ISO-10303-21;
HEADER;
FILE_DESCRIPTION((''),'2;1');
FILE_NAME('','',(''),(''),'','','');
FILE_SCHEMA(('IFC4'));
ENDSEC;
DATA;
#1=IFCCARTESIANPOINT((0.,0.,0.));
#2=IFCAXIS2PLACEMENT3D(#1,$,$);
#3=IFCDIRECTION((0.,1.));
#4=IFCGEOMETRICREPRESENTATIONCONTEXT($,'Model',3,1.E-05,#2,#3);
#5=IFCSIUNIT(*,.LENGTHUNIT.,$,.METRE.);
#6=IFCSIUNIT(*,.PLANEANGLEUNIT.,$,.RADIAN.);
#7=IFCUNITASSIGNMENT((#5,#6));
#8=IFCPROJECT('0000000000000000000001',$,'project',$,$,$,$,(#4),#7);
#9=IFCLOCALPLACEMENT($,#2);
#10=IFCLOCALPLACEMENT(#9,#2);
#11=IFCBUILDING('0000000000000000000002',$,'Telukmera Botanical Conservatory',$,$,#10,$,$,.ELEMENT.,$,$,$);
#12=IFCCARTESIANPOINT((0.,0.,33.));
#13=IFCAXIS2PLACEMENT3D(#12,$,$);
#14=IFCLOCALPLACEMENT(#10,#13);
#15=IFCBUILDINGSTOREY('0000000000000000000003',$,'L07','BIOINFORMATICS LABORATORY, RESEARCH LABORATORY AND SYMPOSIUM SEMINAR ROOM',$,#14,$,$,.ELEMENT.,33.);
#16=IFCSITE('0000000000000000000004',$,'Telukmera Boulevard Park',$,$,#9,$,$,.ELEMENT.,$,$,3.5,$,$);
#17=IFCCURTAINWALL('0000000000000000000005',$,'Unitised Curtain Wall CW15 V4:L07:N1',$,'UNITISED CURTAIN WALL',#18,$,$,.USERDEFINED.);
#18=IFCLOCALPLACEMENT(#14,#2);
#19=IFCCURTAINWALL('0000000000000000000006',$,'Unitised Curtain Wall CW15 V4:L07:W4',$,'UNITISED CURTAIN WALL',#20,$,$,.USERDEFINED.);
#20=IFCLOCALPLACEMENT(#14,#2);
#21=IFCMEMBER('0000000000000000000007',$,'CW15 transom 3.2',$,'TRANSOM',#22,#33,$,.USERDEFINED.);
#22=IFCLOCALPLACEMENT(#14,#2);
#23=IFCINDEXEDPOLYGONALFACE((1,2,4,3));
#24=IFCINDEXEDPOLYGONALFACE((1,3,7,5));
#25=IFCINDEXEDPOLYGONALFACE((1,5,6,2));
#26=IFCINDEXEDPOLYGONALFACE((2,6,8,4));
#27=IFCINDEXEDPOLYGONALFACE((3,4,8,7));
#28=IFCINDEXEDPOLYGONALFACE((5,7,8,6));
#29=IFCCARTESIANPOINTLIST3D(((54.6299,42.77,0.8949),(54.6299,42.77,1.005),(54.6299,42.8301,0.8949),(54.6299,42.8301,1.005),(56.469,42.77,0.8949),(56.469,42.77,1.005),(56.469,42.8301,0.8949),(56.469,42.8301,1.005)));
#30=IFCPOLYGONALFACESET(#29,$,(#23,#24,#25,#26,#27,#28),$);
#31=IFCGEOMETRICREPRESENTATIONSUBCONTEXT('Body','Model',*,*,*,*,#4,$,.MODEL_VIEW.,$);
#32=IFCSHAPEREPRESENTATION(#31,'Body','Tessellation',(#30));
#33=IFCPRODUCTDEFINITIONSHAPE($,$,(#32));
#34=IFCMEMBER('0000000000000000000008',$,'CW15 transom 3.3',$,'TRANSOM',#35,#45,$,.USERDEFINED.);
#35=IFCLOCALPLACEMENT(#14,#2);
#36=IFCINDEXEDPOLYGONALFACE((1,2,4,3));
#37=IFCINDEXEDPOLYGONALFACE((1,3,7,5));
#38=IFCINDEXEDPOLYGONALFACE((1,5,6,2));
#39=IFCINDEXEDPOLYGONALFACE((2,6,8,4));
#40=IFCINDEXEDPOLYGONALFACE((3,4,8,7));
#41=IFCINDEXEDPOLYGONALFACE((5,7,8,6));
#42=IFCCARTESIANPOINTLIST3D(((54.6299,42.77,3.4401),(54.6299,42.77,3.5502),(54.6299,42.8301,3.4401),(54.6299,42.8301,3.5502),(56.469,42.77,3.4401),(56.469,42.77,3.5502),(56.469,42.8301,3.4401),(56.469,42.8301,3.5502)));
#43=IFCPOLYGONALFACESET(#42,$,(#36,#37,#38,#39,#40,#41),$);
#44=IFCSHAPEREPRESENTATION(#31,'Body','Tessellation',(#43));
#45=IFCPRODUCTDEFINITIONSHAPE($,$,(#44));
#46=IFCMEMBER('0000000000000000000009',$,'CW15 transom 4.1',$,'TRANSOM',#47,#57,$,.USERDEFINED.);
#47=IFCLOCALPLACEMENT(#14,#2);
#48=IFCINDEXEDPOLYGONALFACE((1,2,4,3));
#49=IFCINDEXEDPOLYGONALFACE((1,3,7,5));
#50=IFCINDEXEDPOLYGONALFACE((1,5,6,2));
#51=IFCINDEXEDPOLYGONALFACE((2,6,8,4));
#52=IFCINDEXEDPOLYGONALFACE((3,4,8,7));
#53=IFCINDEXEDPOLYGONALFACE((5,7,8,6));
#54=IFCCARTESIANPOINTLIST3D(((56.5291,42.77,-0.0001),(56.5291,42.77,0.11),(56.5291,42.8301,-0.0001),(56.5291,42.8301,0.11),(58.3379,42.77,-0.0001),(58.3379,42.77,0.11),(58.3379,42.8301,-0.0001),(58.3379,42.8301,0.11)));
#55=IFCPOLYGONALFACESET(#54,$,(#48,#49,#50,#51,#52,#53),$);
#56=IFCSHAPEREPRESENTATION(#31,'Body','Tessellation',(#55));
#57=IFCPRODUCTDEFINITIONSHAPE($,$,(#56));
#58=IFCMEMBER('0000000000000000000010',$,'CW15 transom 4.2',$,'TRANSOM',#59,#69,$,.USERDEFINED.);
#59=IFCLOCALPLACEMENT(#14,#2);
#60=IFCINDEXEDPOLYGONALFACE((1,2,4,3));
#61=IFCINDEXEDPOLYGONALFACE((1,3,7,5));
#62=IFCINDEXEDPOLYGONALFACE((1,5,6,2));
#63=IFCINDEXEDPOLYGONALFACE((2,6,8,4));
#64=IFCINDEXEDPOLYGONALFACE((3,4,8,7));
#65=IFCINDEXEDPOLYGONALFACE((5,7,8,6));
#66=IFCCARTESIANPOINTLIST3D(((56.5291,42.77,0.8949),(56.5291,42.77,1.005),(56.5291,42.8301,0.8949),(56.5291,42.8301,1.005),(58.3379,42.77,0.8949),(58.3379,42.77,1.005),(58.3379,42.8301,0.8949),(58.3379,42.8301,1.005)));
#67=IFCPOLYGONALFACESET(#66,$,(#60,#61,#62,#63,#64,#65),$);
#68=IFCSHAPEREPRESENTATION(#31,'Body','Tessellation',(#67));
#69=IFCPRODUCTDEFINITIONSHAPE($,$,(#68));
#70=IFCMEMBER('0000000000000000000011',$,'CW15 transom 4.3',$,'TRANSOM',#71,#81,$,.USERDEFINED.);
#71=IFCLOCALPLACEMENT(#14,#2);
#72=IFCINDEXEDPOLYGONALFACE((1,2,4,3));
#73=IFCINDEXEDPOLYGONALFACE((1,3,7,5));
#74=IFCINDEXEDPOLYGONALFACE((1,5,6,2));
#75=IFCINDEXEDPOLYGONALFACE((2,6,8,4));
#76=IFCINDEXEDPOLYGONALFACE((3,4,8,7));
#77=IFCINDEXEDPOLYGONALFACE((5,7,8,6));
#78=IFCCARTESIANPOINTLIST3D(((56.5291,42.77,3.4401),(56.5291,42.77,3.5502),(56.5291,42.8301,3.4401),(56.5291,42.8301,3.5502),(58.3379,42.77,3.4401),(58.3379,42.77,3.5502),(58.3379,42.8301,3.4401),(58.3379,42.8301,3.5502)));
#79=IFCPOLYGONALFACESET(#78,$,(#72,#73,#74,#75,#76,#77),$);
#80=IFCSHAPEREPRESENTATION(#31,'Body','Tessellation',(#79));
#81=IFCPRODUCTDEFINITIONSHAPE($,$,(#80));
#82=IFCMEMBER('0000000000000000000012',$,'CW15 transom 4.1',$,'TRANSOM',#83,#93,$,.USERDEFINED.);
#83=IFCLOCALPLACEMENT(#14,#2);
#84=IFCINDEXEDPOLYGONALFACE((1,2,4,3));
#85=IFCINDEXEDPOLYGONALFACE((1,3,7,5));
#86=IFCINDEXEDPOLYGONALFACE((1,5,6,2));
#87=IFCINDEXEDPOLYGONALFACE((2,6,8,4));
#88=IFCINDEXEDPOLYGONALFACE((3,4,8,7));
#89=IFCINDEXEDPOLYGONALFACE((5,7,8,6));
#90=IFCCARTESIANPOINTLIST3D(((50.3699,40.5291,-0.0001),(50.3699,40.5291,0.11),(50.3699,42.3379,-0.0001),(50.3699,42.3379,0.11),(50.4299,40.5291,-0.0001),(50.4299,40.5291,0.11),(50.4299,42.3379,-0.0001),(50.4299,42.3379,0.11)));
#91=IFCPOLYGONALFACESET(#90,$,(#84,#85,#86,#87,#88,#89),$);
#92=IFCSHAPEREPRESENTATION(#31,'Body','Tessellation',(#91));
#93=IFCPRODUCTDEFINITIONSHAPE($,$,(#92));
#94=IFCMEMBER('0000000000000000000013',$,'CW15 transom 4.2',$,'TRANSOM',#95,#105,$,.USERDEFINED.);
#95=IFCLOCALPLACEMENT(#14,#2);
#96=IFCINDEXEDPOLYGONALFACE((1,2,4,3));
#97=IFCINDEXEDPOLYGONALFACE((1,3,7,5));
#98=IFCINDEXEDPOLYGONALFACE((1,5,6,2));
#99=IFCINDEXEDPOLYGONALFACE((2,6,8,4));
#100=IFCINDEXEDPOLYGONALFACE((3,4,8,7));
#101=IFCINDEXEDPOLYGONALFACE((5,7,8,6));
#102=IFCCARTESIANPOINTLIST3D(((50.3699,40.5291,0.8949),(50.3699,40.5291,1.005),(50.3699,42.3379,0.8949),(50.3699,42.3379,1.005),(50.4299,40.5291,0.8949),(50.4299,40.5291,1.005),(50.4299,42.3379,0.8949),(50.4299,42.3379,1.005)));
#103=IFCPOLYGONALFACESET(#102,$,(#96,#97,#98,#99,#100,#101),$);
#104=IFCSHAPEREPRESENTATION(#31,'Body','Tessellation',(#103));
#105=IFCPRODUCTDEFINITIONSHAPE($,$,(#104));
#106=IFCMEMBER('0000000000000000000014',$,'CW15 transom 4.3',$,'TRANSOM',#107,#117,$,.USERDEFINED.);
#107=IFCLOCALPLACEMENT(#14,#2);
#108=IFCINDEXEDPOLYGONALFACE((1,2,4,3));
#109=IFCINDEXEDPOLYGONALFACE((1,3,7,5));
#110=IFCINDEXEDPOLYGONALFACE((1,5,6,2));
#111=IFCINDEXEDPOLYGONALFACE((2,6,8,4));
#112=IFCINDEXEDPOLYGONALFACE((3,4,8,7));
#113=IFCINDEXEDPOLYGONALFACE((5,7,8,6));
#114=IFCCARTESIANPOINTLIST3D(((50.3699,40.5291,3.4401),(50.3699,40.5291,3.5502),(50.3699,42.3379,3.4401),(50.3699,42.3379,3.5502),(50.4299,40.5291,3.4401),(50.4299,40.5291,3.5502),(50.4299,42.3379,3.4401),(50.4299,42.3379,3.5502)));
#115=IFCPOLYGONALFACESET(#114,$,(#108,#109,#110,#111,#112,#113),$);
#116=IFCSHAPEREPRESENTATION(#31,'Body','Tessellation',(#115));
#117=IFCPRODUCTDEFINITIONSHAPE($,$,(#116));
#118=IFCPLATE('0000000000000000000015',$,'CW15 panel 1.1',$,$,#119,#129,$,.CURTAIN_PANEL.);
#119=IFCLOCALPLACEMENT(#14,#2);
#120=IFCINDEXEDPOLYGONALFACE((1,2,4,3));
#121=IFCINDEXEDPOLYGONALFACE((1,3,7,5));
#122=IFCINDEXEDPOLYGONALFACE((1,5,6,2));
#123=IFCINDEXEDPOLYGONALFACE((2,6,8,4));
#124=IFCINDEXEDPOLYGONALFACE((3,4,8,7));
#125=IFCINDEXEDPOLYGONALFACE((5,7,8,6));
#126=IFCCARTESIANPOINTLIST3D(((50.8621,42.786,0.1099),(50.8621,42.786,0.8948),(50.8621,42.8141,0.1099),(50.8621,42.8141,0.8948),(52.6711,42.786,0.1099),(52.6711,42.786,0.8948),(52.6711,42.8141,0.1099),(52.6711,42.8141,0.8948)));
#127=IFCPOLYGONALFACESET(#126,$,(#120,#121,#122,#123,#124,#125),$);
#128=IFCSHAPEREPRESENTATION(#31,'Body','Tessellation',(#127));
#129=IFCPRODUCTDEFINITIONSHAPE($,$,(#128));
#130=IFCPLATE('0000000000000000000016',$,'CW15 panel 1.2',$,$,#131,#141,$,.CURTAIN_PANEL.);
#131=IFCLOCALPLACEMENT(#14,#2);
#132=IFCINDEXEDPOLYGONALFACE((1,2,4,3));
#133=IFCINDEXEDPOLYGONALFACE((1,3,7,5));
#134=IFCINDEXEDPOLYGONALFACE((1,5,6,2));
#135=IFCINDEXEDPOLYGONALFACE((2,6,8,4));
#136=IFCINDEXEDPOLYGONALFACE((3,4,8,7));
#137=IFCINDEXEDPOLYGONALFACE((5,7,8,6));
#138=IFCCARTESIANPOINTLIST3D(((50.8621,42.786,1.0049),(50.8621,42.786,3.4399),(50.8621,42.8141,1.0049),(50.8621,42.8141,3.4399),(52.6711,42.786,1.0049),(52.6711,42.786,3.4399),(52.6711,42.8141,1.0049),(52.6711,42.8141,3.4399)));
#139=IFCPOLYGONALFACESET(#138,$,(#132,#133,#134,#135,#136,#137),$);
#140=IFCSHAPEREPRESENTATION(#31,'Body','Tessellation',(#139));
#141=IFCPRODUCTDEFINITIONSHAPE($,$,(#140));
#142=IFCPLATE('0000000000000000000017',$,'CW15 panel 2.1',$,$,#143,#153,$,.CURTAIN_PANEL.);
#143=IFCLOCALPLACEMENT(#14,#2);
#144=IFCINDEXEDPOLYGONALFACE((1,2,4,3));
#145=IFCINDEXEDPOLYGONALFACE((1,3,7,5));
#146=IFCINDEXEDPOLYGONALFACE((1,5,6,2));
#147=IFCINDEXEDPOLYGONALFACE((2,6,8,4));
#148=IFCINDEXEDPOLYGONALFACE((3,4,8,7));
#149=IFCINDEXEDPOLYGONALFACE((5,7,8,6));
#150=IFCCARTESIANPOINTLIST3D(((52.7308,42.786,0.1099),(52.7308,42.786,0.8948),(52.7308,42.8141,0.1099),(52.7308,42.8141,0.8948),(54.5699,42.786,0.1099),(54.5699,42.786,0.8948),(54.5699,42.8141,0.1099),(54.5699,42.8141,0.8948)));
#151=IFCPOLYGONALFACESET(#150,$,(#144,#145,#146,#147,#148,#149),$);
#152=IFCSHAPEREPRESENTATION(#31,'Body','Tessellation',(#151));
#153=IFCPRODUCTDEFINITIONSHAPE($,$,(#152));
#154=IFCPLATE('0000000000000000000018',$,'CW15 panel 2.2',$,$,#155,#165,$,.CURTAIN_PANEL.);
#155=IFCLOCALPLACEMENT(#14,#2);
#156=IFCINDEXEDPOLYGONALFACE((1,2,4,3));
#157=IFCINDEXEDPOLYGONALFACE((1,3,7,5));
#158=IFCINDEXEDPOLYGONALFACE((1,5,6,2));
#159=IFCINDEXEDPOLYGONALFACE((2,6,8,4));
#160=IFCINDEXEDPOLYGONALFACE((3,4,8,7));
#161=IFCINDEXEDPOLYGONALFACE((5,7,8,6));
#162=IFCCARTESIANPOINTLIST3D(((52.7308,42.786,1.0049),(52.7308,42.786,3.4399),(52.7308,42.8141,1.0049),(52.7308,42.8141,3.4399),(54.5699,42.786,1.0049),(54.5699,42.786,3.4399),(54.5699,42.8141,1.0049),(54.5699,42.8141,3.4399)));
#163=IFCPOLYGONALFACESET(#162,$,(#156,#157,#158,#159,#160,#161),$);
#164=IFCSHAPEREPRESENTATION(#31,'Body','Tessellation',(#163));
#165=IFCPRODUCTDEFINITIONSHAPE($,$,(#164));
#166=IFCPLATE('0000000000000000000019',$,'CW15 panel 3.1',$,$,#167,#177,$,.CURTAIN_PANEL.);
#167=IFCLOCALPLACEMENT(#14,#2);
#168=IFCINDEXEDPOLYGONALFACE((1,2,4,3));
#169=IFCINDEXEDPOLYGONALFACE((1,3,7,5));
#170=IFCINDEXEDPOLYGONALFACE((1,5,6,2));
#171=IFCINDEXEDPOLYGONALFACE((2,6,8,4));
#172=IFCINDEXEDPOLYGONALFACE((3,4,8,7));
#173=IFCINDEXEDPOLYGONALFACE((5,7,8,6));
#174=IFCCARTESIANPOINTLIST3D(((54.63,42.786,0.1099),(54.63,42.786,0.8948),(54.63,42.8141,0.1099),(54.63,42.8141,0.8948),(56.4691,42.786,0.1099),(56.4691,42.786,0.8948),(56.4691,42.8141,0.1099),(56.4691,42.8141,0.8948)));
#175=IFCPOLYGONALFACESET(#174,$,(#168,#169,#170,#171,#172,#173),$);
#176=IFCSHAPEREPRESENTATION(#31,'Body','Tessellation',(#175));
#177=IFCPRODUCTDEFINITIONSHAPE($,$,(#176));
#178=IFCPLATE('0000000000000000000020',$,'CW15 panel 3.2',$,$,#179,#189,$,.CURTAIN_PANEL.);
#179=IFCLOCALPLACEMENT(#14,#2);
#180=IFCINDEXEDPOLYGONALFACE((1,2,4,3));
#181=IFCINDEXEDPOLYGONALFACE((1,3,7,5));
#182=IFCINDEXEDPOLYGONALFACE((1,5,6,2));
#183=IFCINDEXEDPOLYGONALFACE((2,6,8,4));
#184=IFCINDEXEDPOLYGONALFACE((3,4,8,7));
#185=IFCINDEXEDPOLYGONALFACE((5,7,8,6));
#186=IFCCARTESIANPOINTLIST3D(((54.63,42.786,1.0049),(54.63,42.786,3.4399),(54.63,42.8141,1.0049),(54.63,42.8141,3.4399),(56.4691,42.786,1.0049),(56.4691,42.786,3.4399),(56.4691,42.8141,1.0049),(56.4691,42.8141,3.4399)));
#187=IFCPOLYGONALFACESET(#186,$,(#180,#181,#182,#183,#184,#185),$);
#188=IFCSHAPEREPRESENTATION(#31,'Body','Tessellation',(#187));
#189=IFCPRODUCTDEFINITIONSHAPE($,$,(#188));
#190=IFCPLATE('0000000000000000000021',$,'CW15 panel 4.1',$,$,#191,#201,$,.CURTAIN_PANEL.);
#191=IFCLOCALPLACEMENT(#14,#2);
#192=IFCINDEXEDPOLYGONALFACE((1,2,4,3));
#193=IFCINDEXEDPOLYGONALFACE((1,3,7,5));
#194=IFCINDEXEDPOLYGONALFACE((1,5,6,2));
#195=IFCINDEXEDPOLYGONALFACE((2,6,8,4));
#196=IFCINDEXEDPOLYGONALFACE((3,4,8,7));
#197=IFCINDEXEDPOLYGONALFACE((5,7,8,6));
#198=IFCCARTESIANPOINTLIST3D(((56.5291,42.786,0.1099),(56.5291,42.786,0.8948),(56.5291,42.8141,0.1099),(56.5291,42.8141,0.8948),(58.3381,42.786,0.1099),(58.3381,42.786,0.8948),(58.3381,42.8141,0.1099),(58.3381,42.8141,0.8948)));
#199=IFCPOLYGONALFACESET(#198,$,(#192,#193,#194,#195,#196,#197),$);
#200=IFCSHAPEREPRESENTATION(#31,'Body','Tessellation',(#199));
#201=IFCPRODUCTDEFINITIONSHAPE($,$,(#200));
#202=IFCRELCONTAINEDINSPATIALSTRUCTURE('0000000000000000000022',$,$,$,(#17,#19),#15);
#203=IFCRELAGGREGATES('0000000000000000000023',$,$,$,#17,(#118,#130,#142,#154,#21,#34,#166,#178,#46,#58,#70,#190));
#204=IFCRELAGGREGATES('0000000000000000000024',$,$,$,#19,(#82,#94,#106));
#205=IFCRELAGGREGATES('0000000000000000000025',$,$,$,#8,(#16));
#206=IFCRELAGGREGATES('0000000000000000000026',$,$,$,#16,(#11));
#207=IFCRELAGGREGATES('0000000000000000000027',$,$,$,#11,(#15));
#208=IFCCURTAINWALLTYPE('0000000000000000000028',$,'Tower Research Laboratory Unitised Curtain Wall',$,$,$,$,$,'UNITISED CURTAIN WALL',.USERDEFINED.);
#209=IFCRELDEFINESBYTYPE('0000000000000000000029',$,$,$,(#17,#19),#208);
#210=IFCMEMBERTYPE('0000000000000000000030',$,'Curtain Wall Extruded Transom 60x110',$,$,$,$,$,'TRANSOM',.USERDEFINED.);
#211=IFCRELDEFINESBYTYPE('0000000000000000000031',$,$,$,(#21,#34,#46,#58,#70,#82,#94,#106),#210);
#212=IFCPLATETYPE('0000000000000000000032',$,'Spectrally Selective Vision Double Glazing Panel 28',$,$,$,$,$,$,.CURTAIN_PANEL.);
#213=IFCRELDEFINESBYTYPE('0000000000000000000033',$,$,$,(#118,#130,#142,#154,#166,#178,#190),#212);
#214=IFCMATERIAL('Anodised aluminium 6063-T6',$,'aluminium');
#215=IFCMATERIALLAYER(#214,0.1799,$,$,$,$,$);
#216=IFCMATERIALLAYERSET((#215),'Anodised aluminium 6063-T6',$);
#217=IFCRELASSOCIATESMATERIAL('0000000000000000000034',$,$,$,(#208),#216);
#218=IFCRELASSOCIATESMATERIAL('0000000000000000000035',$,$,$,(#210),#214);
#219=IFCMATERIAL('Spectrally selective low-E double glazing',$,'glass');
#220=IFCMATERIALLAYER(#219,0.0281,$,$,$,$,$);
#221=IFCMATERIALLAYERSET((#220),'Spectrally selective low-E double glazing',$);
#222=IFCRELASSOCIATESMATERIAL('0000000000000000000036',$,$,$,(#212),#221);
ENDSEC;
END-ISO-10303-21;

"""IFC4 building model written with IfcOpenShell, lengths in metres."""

from ifc_helpers import new_model, si_unit, direction, frame, origin, origin_2d, place, context, subcontext, project, spatial, rectangle, extrude, material, layer, layer_set, material_profile, profile_set, type_object, element, aggregate, save


model = new_model("IFC4")

# Units and contexts
model_context = context("Model", 3, precision=1e-05, world=origin(), true_north=direction((0.0, 1.0)))
body_context = subcontext(model_context, "Body", "Model", "MODEL_VIEW")
ifc_project = project(units=[si_unit("LENGTHUNIT", "METRE"), si_unit("PLANEANGLEUNIT", "RADIAN")], contexts=[model_context])

# Site, building, storey
site_placement = place(None, origin())
site = spatial("IfcSite", under=ifc_project, at=site_placement, Name="Telukmera Boulevard Park", CompositionType="ELEMENT", RefElevation=3.5)
building_placement = place(site_placement, origin())
building = spatial("IfcBuilding", under=site, at=building_placement, Name="Telukmera Botanical Conservatory", CompositionType="ELEMENT")
storey_placement = place(building_placement, frame((0.0, 0.0, 33.0)))
storey = spatial("IfcBuildingStorey", under=building, at=storey_placement, Name="L07", Description="BIOINFORMATICS LABORATORY, RESEARCH LABORATORY AND SYMPOSIUM SEMINAR ROOM", CompositionType="ELEMENT", Elevation=33.0)

# Curtain wall
ifc_material_1 = material(Name="Anodised aluminium 6063-T6", Category="aluminium")
ifc_layer_1 = layer(ifc_material_1, 0.1799)
ifc_layer_set_1 = layer_set([ifc_layer_1], Name="Anodised aluminium 6063-T6")
curtain_wall_type = type_object("IfcCurtainWallType", Name="Tower Research Laboratory Unitised Curtain Wall", ElementType="UNITISED CURTAIN WALL", PredefinedType="USERDEFINED", material=ifc_layer_set_1)
curtain_wall_1_placement = place(storey_placement, origin())
curtain_wall_1 = element("IfcCurtainWall", 1, at=curtain_wall_1_placement, inside=storey, type_object=curtain_wall_type, Name="Unitised Curtain Wall CW15 V4:L07:N1", ObjectType="UNITISED CURTAIN WALL", PredefinedType="USERDEFINED")

# Curtain wall
curtain_wall_2_placement = place(storey_placement, origin())
curtain_wall_2 = element("IfcCurtainWall", 2, at=curtain_wall_2_placement, inside=storey, type_object=curtain_wall_type, Name="Unitised Curtain Wall CW15 V4:L07:W4", ObjectType="UNITISED CURTAIN WALL", PredefinedType="USERDEFINED")

# Members
ifc_material_profile_1 = material_profile(ifc_material_1, rectangle(XDim=0.0601, YDim=0.1101, at=origin_2d()), Name="ALU TRAN 60x110")
ifc_profile_set_1 = profile_set([ifc_material_profile_1], Name="Anodised aluminium 6063-T6")
member_type_1 = type_object("IfcMemberType", Name="Curtain Wall Extruded Transom 60x110", ElementType="TRANSOM", PredefinedType="USERDEFINED", material=ifc_profile_set_1)
member_1_placement = place(storey_placement, frame((54.6299, 42.8, 0.95), z_axis=(1.0, 0.0, 0.0), x_axis=(0.0, 1.0, 0.0)))
member_1 = element("IfcMember", 3, at=member_1_placement, type_object=member_type_1, Name="CW15 transom 3.2", ObjectType="TRANSOM", PredefinedType="USERDEFINED", context=body_context, shape_type="SweptSolid", body=[
    extrude(rectangle(XDim=0.0601, YDim=0.1101, at=origin_2d()), origin(), (0.0, 0.0, 1.0), 1.8391),
])
member_2_placement = place(storey_placement, frame((54.6299, 42.8, 3.4951), z_axis=(1.0, 0.0, 0.0), x_axis=(0.0, 1.0, 0.0)))
member_2 = element("IfcMember", 4, at=member_2_placement, type_object=member_type_1, Name="CW15 transom 3.3", ObjectType="TRANSOM", PredefinedType="USERDEFINED", context=body_context, shape_type="SweptSolid", body=[
    extrude(rectangle(XDim=0.0601, YDim=0.1101, at=origin_2d()), origin(), (0.0, 0.0, 1.0), 1.8391),
])
member_3_placement = place(storey_placement, frame((56.5291, 42.8, 0.0549), z_axis=(1.0, 0.0, 0.0), x_axis=(0.0, 1.0, 0.0)))
member_3 = element("IfcMember", 5, at=member_3_placement, type_object=member_type_1, Name="CW15 transom 4.1", ObjectType="TRANSOM", PredefinedType="USERDEFINED", context=body_context, shape_type="SweptSolid", body=[
    extrude(rectangle(XDim=0.0601, YDim=0.1101, at=origin_2d()), origin(), (0.0, 0.0, 1.0), 1.8088),
])
member_4_placement = place(storey_placement, frame((56.5291, 42.8, 0.95), z_axis=(1.0, 0.0, 0.0), x_axis=(0.0, 1.0, 0.0)))
member_4 = element("IfcMember", 6, at=member_4_placement, type_object=member_type_1, Name="CW15 transom 4.2", ObjectType="TRANSOM", PredefinedType="USERDEFINED", context=body_context, shape_type="SweptSolid", body=[
    extrude(rectangle(XDim=0.0601, YDim=0.1101, at=origin_2d()), origin(), (0.0, 0.0, 1.0), 1.8088),
])
member_5_placement = place(storey_placement, frame((56.5291, 42.8, 3.4951), z_axis=(1.0, 0.0, 0.0), x_axis=(0.0, 1.0, 0.0)))
member_5 = element("IfcMember", 7, at=member_5_placement, type_object=member_type_1, Name="CW15 transom 4.3", ObjectType="TRANSOM", PredefinedType="USERDEFINED", context=body_context, shape_type="SweptSolid", body=[
    extrude(rectangle(XDim=0.0601, YDim=0.1101, at=origin_2d()), origin(), (0.0, 0.0, 1.0), 1.8088),
])
member_6_placement = place(storey_placement, frame((50.3999, 40.5291, 0.0549), z_axis=(0.0, 1.0, 0.0), x_axis=(-1.0, 0.0, 0.0)))
member_6 = element("IfcMember", 8, at=member_6_placement, type_object=member_type_1, Name="CW15 transom 4.1", ObjectType="TRANSOM", PredefinedType="USERDEFINED", context=body_context, shape_type="SweptSolid", body=[
    extrude(rectangle(XDim=0.0601, YDim=0.1101, at=origin_2d()), origin(), (0.0, 0.0, 1.0), 1.8088),
])
member_7_placement = place(storey_placement, frame((50.3999, 40.5291, 0.95), z_axis=(0.0, 1.0, 0.0), x_axis=(-1.0, 0.0, 0.0)))
member_7 = element("IfcMember", 9, at=member_7_placement, type_object=member_type_1, Name="CW15 transom 4.2", ObjectType="TRANSOM", PredefinedType="USERDEFINED", context=body_context, shape_type="SweptSolid", body=[
    extrude(rectangle(XDim=0.0601, YDim=0.1101, at=origin_2d()), origin(), (0.0, 0.0, 1.0), 1.8088),
])
member_8_placement = place(storey_placement, frame((50.3999, 40.5291, 3.4951), z_axis=(0.0, 1.0, 0.0), x_axis=(-1.0, 0.0, 0.0)))
member_8 = element("IfcMember", 10, at=member_8_placement, type_object=member_type_1, Name="CW15 transom 4.3", ObjectType="TRANSOM", PredefinedType="USERDEFINED", context=body_context, shape_type="SweptSolid", body=[
    extrude(rectangle(XDim=0.0601, YDim=0.1101, at=origin_2d()), origin(), (0.0, 0.0, 1.0), 1.8088),
])

# Plates
ifc_material_2 = material(Name="Spectrally selective low-E double glazing", Category="glass")
ifc_layer_2 = layer(ifc_material_2, 0.0281)
ifc_layer_set_2 = layer_set([ifc_layer_2], Name="Spectrally selective low-E double glazing")
plate_type = type_object("IfcPlateType", Name="Spectrally Selective Vision Double Glazing Panel 28", PredefinedType="CURTAIN_PANEL", material=ifc_layer_set_2)
plate_1_placement = place(storey_placement, frame((51.7666, 42.8, 0.1099), z_axis=(0.0, 0.0, 1.0), x_axis=(1.0, 0.0, 0.0)))
plate_1 = element("IfcPlate", 11, at=plate_1_placement, type_object=plate_type, Name="CW15 panel 1.1", PredefinedType="CURTAIN_PANEL", context=body_context, shape_type="SweptSolid", body=[
    extrude(rectangle(XDim=1.8091, YDim=0.0281, at=origin_2d()), origin(), (0.0, 0.0, 1.0), 0.7849),
])
plate_2_placement = place(storey_placement, frame((51.7666, 42.8, 1.0049), z_axis=(0.0, 0.0, 1.0), x_axis=(1.0, 0.0, 0.0)))
plate_2 = element("IfcPlate", 12, at=plate_2_placement, type_object=plate_type, Name="CW15 panel 1.2", PredefinedType="CURTAIN_PANEL", context=body_context, shape_type="SweptSolid", body=[
    extrude(rectangle(XDim=1.8091, YDim=0.0281, at=origin_2d()), origin(), (0.0, 0.0, 1.0), 2.4351),
])
plate_3_placement = place(storey_placement, frame((53.6504, 42.8, 0.1099), z_axis=(0.0, 0.0, 1.0), x_axis=(1.0, 0.0, 0.0)))
plate_3 = element("IfcPlate", 13, at=plate_3_placement, type_object=plate_type, Name="CW15 panel 2.1", PredefinedType="CURTAIN_PANEL", context=body_context, shape_type="SweptSolid", body=[
    extrude(rectangle(XDim=1.8391, YDim=0.0281, at=origin_2d()), origin(), (0.0, 0.0, 1.0), 0.7849),
])
plate_4_placement = place(storey_placement, frame((53.6504, 42.8, 1.0049), z_axis=(0.0, 0.0, 1.0), x_axis=(1.0, 0.0, 0.0)))
plate_4 = element("IfcPlate", 14, at=plate_4_placement, type_object=plate_type, Name="CW15 panel 2.2", PredefinedType="CURTAIN_PANEL", context=body_context, shape_type="SweptSolid", body=[
    extrude(rectangle(XDim=1.8391, YDim=0.0281, at=origin_2d()), origin(), (0.0, 0.0, 1.0), 2.4351),
])
plate_5_placement = place(storey_placement, frame((55.5496, 42.8, 0.1099), z_axis=(0.0, 0.0, 1.0), x_axis=(1.0, 0.0, 0.0)))
plate_5 = element("IfcPlate", 15, at=plate_5_placement, type_object=plate_type, Name="CW15 panel 3.1", PredefinedType="CURTAIN_PANEL", context=body_context, shape_type="SweptSolid", body=[
    extrude(rectangle(XDim=1.8391, YDim=0.0281, at=origin_2d()), origin(), (0.0, 0.0, 1.0), 0.7849),
])
plate_6_placement = place(storey_placement, frame((55.5496, 42.8, 1.0049), z_axis=(0.0, 0.0, 1.0), x_axis=(1.0, 0.0, 0.0)))
plate_6 = element("IfcPlate", 16, at=plate_6_placement, type_object=plate_type, Name="CW15 panel 3.2", PredefinedType="CURTAIN_PANEL", context=body_context, shape_type="SweptSolid", body=[
    extrude(rectangle(XDim=1.8391, YDim=0.0281, at=origin_2d()), origin(), (0.0, 0.0, 1.0), 2.4351),
])
plate_7_placement = place(storey_placement, frame((57.4336, 42.8, 0.1099), z_axis=(0.0, 0.0, 1.0), x_axis=(1.0, 0.0, 0.0)))
plate_7 = element("IfcPlate", 17, at=plate_7_placement, type_object=plate_type, Name="CW15 panel 4.1", PredefinedType="CURTAIN_PANEL", context=body_context, shape_type="SweptSolid", body=[
    extrude(rectangle(XDim=1.8091, YDim=0.0281, at=origin_2d()), origin(), (0.0, 0.0, 1.0), 0.7849),
])
aggregate(curtain_wall_1, [plate_1, plate_2, plate_3, plate_4, member_1, member_2, plate_5, plate_6, member_3, member_4, member_5, plate_7])
aggregate(curtain_wall_2, [member_6, member_7, member_8])

save(model, "model.ifc")
